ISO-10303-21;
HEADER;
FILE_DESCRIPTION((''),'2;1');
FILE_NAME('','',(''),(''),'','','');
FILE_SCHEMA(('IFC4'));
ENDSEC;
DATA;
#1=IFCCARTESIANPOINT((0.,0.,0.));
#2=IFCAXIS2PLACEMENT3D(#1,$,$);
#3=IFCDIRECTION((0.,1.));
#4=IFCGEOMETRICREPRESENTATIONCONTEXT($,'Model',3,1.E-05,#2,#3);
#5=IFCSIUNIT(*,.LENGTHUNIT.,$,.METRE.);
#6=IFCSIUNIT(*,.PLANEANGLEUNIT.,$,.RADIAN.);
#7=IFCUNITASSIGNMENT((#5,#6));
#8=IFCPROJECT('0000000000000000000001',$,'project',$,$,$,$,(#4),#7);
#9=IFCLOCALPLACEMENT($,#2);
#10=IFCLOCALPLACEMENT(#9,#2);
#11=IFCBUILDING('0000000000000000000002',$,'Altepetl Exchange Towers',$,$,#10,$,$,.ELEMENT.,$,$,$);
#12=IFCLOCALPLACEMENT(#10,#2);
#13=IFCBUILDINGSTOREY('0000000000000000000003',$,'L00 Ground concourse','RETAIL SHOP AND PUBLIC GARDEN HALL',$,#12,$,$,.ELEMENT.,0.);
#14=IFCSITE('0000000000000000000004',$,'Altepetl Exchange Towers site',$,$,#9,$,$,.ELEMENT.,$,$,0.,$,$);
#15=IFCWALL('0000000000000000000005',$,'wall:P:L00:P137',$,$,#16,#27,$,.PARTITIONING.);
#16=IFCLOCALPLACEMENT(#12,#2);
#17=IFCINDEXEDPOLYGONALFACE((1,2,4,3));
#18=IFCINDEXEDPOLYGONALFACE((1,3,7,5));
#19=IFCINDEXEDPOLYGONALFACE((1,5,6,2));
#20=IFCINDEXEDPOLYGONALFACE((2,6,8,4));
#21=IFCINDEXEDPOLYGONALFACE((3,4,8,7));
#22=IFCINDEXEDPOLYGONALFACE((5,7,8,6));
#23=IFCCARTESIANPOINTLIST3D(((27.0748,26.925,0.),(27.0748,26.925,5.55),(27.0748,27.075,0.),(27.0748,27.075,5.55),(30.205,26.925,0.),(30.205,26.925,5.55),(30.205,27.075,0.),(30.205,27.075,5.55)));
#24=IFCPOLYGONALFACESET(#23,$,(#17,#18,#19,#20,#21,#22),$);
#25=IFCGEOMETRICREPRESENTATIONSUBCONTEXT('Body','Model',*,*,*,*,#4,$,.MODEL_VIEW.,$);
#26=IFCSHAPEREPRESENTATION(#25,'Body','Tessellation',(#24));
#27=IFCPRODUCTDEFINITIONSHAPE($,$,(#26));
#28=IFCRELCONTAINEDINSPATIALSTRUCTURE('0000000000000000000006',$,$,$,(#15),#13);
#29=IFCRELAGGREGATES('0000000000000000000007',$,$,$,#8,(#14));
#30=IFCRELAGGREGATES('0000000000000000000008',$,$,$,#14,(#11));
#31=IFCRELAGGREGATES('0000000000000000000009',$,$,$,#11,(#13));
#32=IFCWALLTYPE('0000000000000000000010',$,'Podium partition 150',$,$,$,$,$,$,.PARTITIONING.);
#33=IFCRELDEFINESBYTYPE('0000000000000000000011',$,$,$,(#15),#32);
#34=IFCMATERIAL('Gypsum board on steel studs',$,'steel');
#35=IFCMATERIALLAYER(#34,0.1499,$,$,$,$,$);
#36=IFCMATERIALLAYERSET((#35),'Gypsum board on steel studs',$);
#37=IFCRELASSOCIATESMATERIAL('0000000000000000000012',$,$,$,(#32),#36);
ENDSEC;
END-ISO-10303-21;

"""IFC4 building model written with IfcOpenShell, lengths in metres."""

from ifc_helpers import new_model, si_unit, direction, frame, frame_2d, origin, place, context, subcontext, project, spatial, rectangle, extrude, material, layer, layer_set, type_object, element, save


model = new_model("IFC4")

# Units and contexts
model_context = context("Model", 3, precision=1e-05, world=origin(), true_north=direction((0.0, 1.0)))
body_context = subcontext(model_context, "Body", "Model", "MODEL_VIEW")
ifc_project = project(units=[si_unit("LENGTHUNIT", "METRE"), si_unit("PLANEANGLEUNIT", "RADIAN")], contexts=[model_context])

# Site, building, storey
site_placement = place(None, origin())
site = spatial("IfcSite", under=ifc_project, at=site_placement, Name="Altepetl Exchange Towers site", CompositionType="ELEMENT", RefElevation=0.0)
building_placement = place(site_placement, origin())
building = spatial("IfcBuilding", under=site, at=building_placement, Name="Altepetl Exchange Towers", CompositionType="ELEMENT")
storey_placement = place(building_placement, origin())
storey = spatial("IfcBuildingStorey", under=building, at=storey_placement, Name="L00 Ground concourse", Description="RETAIL SHOP AND PUBLIC GARDEN HALL", CompositionType="ELEMENT", Elevation=0.0)

# Shared definitions
ifc_material_1 = material(Name="Gypsum board on steel studs", Category="steel")
ifc_layer = layer(ifc_material_1, 0.1499)
ifc_layer_set = layer_set([ifc_layer], Name="Gypsum board on steel studs")
wall_type = type_object("IfcWallType", Name="Podium partition 150", PredefinedType="PARTITIONING", material=ifc_layer_set)

# Wall
wall_1_placement = place(storey_placement, frame((27.075, 27.0, 0.0)))
element("IfcWall", 1, at=wall_1_placement, inside=storey, type_object=wall_type, Name="wall:P:L00:P137", PredefinedType="PARTITIONING", context=body_context, shape_type="SweptSolid", body=[
    extrude(rectangle(XDim=3.1301, YDim=0.1499, at=frame_2d((1.5649, 0.0))), origin(), (0.0, 0.0, 1.0), 5.55),
])

save(model, "model.ifc")
